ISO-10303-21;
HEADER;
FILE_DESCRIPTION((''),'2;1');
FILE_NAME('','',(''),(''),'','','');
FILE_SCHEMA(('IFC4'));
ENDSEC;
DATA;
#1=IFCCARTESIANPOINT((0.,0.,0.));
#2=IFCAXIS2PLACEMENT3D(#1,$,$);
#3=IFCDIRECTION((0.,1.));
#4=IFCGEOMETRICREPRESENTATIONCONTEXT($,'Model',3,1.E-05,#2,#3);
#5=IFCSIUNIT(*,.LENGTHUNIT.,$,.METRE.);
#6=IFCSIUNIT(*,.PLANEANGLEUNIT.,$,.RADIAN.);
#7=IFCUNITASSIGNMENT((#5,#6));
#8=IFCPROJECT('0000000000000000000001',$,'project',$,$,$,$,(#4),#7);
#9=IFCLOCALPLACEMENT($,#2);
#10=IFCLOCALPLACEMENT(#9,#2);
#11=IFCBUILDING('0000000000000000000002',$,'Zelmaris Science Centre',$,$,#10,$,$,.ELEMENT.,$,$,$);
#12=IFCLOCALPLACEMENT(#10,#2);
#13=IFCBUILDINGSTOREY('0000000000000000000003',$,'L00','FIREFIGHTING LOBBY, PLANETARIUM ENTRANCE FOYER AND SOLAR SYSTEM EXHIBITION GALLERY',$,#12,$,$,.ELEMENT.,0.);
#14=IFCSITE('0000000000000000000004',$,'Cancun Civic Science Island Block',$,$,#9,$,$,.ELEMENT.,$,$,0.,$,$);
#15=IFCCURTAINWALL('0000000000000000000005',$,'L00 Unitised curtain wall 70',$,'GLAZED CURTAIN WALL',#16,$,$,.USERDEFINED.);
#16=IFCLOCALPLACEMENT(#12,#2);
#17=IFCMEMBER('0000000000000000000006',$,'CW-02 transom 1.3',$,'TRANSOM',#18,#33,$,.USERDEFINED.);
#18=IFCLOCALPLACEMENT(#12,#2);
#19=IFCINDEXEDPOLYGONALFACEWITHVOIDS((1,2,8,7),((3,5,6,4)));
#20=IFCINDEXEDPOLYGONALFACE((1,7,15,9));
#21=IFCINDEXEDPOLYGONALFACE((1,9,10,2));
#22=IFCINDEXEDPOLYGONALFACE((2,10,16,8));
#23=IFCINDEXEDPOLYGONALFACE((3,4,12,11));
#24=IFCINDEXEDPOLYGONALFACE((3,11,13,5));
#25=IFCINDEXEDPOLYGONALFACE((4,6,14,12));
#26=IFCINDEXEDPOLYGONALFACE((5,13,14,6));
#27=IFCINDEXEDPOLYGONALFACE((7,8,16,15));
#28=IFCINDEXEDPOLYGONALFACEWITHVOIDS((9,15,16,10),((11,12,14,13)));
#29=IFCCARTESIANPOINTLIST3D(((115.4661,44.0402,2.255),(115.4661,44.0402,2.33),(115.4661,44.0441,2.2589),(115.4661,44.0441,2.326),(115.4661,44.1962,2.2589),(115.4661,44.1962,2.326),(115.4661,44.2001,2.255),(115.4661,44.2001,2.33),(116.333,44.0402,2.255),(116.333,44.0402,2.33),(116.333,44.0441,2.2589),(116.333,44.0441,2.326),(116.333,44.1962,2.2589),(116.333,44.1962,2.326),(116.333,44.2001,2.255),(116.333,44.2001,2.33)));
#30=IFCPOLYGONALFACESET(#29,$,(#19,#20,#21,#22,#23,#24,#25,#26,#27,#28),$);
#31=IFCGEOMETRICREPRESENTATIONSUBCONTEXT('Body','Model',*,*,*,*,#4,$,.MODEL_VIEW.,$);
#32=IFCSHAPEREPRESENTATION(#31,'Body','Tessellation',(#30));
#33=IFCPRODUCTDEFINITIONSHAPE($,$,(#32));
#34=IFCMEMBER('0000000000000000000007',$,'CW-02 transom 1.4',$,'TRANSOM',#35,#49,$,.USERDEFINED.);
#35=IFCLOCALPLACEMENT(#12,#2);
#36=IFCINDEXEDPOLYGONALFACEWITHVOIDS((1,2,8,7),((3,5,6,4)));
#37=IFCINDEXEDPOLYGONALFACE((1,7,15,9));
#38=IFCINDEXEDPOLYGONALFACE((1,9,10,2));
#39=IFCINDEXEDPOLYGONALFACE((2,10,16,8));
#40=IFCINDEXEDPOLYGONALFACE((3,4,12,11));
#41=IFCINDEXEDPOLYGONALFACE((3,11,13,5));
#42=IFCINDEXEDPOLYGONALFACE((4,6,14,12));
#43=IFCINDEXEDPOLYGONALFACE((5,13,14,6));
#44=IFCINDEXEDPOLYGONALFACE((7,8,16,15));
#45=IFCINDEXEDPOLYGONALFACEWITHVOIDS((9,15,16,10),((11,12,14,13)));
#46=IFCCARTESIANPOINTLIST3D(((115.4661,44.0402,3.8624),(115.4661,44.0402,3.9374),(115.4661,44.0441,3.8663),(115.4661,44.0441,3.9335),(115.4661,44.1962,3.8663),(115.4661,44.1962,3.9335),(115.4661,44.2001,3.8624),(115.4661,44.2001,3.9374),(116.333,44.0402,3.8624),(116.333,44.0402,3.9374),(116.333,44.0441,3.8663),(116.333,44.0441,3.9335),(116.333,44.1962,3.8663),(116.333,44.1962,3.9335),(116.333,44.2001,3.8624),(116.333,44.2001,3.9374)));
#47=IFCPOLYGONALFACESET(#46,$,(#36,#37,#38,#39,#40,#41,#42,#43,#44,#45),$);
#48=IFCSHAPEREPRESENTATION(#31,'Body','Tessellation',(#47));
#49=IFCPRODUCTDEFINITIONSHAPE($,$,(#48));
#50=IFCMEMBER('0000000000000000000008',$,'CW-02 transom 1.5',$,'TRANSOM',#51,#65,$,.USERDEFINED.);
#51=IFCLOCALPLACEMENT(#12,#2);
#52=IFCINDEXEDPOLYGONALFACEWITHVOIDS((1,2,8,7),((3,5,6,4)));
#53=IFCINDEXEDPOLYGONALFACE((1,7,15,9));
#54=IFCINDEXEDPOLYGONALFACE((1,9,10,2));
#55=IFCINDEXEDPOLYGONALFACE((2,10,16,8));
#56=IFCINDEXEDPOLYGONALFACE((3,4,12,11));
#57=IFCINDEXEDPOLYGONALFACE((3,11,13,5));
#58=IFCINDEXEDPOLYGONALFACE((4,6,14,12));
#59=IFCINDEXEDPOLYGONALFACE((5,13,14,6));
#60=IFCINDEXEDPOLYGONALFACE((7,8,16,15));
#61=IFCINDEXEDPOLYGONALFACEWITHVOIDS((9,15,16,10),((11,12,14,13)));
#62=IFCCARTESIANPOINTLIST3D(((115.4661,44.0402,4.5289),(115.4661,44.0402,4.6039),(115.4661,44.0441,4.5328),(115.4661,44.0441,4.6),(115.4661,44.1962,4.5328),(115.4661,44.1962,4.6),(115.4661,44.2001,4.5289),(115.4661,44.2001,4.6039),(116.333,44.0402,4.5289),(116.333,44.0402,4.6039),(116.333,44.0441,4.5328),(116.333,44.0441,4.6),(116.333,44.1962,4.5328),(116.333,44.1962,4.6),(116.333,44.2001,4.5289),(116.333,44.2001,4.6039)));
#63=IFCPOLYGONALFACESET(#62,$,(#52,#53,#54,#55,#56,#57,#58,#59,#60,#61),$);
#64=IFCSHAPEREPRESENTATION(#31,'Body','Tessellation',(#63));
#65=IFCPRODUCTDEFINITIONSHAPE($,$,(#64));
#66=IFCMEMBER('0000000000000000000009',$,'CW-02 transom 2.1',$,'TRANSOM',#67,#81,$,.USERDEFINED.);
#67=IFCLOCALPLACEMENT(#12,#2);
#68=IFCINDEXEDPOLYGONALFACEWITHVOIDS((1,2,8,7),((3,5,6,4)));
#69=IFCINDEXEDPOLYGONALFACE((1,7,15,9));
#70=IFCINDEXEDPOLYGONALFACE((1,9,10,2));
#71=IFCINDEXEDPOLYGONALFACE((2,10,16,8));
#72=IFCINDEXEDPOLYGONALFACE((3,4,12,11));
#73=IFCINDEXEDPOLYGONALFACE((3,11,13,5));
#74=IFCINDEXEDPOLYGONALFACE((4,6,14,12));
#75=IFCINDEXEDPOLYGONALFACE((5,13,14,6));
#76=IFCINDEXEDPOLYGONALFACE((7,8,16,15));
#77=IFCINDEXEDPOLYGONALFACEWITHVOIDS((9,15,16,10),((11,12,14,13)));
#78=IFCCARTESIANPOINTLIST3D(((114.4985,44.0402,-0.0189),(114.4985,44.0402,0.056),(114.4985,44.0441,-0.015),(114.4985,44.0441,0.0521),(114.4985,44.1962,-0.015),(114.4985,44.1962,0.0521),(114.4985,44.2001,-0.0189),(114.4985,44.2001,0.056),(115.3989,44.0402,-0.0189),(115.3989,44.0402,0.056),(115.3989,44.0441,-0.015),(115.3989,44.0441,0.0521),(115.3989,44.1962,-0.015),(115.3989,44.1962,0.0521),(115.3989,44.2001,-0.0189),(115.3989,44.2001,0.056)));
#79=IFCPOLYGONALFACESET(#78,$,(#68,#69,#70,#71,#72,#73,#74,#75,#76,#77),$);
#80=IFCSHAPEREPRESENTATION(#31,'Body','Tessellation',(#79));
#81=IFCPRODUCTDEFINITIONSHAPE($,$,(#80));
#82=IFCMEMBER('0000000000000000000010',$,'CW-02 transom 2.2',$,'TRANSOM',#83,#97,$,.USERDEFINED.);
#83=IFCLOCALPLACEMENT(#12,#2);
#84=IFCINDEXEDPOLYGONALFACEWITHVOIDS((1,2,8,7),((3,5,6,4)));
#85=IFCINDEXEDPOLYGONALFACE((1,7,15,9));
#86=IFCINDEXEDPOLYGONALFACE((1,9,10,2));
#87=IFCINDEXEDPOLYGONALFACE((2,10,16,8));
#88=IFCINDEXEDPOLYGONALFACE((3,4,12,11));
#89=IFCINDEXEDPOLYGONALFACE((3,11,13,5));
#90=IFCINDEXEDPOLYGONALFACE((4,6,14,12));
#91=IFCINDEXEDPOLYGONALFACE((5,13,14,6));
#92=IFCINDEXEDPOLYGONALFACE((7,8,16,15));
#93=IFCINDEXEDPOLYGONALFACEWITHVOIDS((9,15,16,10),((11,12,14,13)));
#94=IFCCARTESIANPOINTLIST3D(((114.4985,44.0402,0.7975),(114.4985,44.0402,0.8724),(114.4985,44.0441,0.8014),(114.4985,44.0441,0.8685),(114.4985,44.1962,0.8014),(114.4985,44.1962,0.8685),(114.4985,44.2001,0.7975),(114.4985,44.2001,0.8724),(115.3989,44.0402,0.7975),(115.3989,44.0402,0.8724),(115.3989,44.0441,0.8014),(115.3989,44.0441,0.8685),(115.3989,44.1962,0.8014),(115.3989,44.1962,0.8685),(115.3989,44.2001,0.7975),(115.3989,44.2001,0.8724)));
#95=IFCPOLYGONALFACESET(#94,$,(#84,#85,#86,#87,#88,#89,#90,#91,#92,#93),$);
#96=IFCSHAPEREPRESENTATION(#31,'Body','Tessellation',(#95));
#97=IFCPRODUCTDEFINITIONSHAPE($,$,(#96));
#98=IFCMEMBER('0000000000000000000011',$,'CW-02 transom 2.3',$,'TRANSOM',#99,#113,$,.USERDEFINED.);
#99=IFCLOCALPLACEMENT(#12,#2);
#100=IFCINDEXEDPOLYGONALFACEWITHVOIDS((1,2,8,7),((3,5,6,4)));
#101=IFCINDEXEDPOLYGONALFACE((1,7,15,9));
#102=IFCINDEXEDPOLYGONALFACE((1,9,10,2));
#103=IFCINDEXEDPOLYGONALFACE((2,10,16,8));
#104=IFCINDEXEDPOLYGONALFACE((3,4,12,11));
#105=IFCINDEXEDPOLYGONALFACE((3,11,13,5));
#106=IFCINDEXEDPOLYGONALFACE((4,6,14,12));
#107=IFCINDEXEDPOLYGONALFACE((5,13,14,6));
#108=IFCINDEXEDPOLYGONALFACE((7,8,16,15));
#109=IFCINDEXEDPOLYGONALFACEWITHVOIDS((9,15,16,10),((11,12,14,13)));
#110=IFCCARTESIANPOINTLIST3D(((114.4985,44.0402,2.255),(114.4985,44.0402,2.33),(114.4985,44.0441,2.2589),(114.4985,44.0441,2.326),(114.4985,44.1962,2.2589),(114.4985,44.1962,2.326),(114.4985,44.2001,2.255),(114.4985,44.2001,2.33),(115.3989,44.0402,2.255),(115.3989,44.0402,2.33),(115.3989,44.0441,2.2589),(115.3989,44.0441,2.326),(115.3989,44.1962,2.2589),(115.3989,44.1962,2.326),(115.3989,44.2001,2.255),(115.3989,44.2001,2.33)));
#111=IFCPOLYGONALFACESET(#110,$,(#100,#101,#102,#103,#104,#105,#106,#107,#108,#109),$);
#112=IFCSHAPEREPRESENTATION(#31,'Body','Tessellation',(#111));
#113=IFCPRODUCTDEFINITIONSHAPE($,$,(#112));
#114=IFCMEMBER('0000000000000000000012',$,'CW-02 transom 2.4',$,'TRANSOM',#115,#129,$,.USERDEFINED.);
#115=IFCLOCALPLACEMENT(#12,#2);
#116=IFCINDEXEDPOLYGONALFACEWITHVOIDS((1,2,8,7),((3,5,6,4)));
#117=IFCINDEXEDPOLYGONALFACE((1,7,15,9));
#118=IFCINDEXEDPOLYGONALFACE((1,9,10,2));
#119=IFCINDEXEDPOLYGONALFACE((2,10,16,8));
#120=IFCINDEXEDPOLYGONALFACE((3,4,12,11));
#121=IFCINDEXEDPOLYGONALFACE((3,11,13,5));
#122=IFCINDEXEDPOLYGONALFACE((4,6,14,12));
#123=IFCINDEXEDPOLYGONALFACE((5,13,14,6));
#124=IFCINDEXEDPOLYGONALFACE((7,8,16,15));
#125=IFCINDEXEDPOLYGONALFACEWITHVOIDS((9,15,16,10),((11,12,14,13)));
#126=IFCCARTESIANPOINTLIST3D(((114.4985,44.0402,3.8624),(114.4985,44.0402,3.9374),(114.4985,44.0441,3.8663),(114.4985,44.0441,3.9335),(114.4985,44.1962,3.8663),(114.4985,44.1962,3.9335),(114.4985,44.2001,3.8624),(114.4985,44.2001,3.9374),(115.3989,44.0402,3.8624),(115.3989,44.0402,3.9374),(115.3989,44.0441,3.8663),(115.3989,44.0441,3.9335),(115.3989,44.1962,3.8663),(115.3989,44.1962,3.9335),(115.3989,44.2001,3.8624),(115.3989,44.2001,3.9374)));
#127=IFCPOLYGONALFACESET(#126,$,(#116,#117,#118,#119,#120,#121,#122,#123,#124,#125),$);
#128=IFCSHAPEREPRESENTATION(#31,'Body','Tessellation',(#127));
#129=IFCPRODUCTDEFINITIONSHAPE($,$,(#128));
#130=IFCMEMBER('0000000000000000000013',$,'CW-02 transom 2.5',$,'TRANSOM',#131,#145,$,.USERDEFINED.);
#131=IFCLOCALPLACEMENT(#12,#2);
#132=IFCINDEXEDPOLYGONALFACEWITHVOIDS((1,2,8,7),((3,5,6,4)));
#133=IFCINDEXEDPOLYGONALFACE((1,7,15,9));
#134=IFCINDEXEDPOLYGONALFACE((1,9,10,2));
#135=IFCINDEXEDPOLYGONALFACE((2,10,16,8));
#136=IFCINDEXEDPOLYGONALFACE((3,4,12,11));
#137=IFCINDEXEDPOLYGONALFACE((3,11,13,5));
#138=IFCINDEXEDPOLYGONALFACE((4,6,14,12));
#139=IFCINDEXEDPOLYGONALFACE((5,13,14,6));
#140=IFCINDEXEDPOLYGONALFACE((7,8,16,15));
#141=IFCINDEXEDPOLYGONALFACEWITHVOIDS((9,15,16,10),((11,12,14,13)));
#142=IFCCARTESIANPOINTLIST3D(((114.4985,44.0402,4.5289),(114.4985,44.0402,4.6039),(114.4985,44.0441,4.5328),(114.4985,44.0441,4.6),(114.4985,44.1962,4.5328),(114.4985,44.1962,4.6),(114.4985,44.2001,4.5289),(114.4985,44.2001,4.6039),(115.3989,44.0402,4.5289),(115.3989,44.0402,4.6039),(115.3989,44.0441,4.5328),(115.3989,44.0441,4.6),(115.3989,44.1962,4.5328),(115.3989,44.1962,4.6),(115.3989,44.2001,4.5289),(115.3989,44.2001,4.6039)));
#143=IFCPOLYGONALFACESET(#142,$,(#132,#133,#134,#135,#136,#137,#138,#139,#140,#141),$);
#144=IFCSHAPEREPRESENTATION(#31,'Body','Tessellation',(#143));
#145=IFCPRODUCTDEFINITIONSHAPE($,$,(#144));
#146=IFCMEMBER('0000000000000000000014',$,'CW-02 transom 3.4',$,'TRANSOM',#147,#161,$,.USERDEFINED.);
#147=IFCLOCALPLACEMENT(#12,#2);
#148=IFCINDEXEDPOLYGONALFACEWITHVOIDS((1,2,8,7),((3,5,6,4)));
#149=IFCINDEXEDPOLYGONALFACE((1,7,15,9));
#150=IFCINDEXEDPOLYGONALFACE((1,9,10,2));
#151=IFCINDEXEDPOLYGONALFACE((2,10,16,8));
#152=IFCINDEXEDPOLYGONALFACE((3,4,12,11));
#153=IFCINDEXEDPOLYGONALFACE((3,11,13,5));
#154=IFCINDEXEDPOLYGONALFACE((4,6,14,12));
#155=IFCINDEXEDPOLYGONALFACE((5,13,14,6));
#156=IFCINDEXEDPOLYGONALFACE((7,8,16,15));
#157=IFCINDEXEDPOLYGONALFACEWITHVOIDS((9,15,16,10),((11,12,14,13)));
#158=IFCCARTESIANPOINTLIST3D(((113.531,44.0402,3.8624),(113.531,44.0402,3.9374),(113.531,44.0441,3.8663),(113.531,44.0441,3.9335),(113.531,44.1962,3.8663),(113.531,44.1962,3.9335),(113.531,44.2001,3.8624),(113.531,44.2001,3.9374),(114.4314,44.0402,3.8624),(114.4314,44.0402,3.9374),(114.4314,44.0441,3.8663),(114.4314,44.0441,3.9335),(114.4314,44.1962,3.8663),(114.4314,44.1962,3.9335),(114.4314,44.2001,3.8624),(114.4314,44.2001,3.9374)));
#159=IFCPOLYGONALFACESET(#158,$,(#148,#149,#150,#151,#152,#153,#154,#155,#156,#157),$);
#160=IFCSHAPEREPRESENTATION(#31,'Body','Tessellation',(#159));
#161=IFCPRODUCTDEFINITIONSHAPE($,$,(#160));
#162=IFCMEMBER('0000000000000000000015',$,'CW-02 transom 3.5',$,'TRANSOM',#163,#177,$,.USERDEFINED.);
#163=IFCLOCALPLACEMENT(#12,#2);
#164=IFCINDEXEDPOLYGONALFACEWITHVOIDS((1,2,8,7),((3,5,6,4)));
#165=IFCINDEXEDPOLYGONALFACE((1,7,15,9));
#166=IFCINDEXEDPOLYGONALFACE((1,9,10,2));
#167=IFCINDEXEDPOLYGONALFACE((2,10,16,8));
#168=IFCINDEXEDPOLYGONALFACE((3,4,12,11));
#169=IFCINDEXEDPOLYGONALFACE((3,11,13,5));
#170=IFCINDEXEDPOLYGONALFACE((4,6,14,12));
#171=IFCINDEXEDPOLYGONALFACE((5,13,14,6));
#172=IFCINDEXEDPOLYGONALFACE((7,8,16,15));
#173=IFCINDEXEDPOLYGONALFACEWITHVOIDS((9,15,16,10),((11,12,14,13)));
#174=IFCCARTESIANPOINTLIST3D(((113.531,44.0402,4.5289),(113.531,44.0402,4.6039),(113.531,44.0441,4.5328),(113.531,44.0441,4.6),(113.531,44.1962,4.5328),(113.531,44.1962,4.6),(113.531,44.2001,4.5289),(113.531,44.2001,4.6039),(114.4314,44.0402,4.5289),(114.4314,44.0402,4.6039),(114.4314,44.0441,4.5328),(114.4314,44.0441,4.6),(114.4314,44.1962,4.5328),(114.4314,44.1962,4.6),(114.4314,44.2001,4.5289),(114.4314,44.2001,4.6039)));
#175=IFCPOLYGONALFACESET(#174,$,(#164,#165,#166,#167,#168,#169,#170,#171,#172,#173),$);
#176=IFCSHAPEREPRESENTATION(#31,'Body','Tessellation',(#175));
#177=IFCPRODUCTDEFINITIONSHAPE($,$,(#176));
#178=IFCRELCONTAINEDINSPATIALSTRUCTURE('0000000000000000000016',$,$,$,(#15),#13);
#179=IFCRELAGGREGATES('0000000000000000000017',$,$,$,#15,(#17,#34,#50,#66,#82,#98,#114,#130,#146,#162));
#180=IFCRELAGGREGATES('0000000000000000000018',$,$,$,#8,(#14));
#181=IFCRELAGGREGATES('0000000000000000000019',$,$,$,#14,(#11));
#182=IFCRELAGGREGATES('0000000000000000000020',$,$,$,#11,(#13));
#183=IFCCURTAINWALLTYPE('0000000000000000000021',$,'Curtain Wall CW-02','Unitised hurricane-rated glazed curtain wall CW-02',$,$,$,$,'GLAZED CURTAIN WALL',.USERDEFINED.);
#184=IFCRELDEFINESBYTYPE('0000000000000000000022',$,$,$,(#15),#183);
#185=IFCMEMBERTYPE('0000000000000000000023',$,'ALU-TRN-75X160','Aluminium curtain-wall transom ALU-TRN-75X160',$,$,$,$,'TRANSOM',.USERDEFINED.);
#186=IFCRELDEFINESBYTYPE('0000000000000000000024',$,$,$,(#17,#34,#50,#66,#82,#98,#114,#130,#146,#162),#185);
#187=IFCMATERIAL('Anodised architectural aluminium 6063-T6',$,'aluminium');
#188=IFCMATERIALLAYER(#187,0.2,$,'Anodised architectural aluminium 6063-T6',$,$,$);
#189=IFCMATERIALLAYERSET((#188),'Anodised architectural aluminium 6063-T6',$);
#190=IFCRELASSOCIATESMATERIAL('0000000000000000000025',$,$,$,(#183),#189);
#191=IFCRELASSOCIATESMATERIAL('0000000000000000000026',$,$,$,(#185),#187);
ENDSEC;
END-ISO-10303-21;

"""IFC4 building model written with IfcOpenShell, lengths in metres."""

from ifc_helpers import new_model, si_unit, direction, frame, origin, origin_2d, place, context, subcontext, project, spatial, hollow_rectangle, extrude, material, layer, layer_set, material_profile, profile_set, type_object, element, aggregate, save


model = new_model("IFC4")

# Units and contexts
model_context = context("Model", 3, precision=1e-05, world=origin(), true_north=direction((0.0, 1.0)))
body_context = subcontext(model_context, "Body", "Model", "MODEL_VIEW")
ifc_project = project(units=[si_unit("LENGTHUNIT", "METRE"), si_unit("PLANEANGLEUNIT", "RADIAN")], contexts=[model_context])

# Site, building, storey
site_placement = place(None, origin())
site = spatial("IfcSite", under=ifc_project, at=site_placement, Name="Cancun Civic Science Island Block", CompositionType="ELEMENT", RefElevation=0.0)
building_placement = place(site_placement, origin())
building = spatial("IfcBuilding", under=site, at=building_placement, Name="Zelmaris Science Centre", CompositionType="ELEMENT")
storey_placement = place(building_placement, origin())
storey = spatial("IfcBuildingStorey", under=building, at=storey_placement, Name="L00", Description="FIREFIGHTING LOBBY, PLANETARIUM ENTRANCE FOYER AND SOLAR SYSTEM EXHIBITION GALLERY", CompositionType="ELEMENT", Elevation=0.0)

# Curtain wall, members
ifc_material_1 = material(Name="Anodised architectural aluminium 6063-T6", Category="aluminium")
ifc_layer_1 = layer(ifc_material_1, 0.2, Name="Anodised architectural aluminium 6063-T6")
ifc_layer_set_1 = layer_set([ifc_layer_1], Name="Anodised architectural aluminium 6063-T6")
curtain_wall_type = type_object("IfcCurtainWallType", Name="Curtain Wall CW-02", Description="Unitised hurricane-rated glazed curtain wall CW-02", ElementType="GLAZED CURTAIN WALL", PredefinedType="USERDEFINED", material=ifc_layer_set_1)
curtain_wall_placement = place(storey_placement, origin())
curtain_wall = element("IfcCurtainWall", 1, at=curtain_wall_placement, inside=storey, type_object=curtain_wall_type, Name="L00 Unitised curtain wall 70", ObjectType="GLAZED CURTAIN WALL", PredefinedType="USERDEFINED")
ifc_material_profile_1 = material_profile(ifc_material_1, hollow_rectangle(XDim=0.075, YDim=0.1599, WallThickness=0.0039, at=origin_2d()), Name="ALU-TRN-75X160")
ifc_profile_set_1 = profile_set([ifc_material_profile_1], Name="Anodised architectural aluminium 6063-T6")
member_type_1 = type_object("IfcMemberType", Name="ALU-TRN-75X160", Description="Aluminium curtain-wall transom ALU-TRN-75X160", ElementType="TRANSOM", PredefinedType="USERDEFINED", material=ifc_profile_set_1)
member_1_placement = place(storey_placement, frame((116.333, 44.1201, 2.2925), z_axis=(-1.0, 0.0, 0.0), x_axis=(0.0, 0.0, 1.0)))
member_1 = element("IfcMember", 2, at=member_1_placement, type_object=member_type_1, Name="CW-02 transom 1.3", ObjectType="TRANSOM", PredefinedType="USERDEFINED", context=body_context, shape_type="SweptSolid", body=[
    extrude(hollow_rectangle(XDim=0.075, YDim=0.1599, WallThickness=0.0039, at=origin_2d()), origin(), (0.0, 0.0, 1.0), 0.8669),
])
member_2_placement = place(storey_placement, frame((116.333, 44.1201, 3.8999), z_axis=(-1.0, 0.0, 0.0), x_axis=(0.0, 0.0, 1.0)))
member_2 = element("IfcMember", 3, at=member_2_placement, type_object=member_type_1, Name="CW-02 transom 1.4", ObjectType="TRANSOM", PredefinedType="USERDEFINED", context=body_context, shape_type="SweptSolid", body=[
    extrude(hollow_rectangle(XDim=0.075, YDim=0.1599, WallThickness=0.0039, at=origin_2d()), origin(), (0.0, 0.0, 1.0), 0.8669),
])
member_3_placement = place(storey_placement, frame((116.333, 44.1201, 4.5664), z_axis=(-1.0, 0.0, 0.0), x_axis=(0.0, 0.0, 1.0)))
member_3 = element("IfcMember", 4, at=member_3_placement, type_object=member_type_1, Name="CW-02 transom 1.5", ObjectType="TRANSOM", PredefinedType="USERDEFINED", context=body_context, shape_type="SweptSolid", body=[
    extrude(hollow_rectangle(XDim=0.075, YDim=0.1599, WallThickness=0.0039, at=origin_2d()), origin(), (0.0, 0.0, 1.0), 0.8669),
])
member_4_placement = place(storey_placement, frame((115.3989, 44.1201, 0.0186), z_axis=(-1.0, 0.0, 0.0), x_axis=(0.0, 0.0, 1.0)))
member_4 = element("IfcMember", 5, at=member_4_placement, type_object=member_type_1, Name="CW-02 transom 2.1", ObjectType="TRANSOM", PredefinedType="USERDEFINED", context=body_context, shape_type="SweptSolid", body=[
    extrude(hollow_rectangle(XDim=0.075, YDim=0.1599, WallThickness=0.0039, at=origin_2d()), origin(), (0.0, 0.0, 1.0), 0.9004),
])
member_5_placement = place(storey_placement, frame((115.3989, 44.1201, 0.835), z_axis=(-1.0, 0.0, 0.0), x_axis=(0.0, 0.0, 1.0)))
member_5 = element("IfcMember", 6, at=member_5_placement, type_object=member_type_1, Name="CW-02 transom 2.2", ObjectType="TRANSOM", PredefinedType="USERDEFINED", context=body_context, shape_type="SweptSolid", body=[
    extrude(hollow_rectangle(XDim=0.075, YDim=0.1599, WallThickness=0.0039, at=origin_2d()), origin(), (0.0, 0.0, 1.0), 0.9004),
])
member_6_placement = place(storey_placement, frame((115.3989, 44.1201, 2.2925), z_axis=(-1.0, 0.0, 0.0), x_axis=(0.0, 0.0, 1.0)))
member_6 = element("IfcMember", 7, at=member_6_placement, type_object=member_type_1, Name="CW-02 transom 2.3", ObjectType="TRANSOM", PredefinedType="USERDEFINED", context=body_context, shape_type="SweptSolid", body=[
    extrude(hollow_rectangle(XDim=0.075, YDim=0.1599, WallThickness=0.0039, at=origin_2d()), origin(), (0.0, 0.0, 1.0), 0.9004),
])
member_7_placement = place(storey_placement, frame((115.3989, 44.1201, 3.8999), z_axis=(-1.0, 0.0, 0.0), x_axis=(0.0, 0.0, 1.0)))
member_7 = element("IfcMember", 8, at=member_7_placement, type_object=member_type_1, Name="CW-02 transom 2.4", ObjectType="TRANSOM", PredefinedType="USERDEFINED", context=body_context, shape_type="SweptSolid", body=[
    extrude(hollow_rectangle(XDim=0.075, YDim=0.1599, WallThickness=0.0039, at=origin_2d()), origin(), (0.0, 0.0, 1.0), 0.9004),
])
member_8_placement = place(storey_placement, frame((115.3989, 44.1201, 4.5664), z_axis=(-1.0, 0.0, 0.0), x_axis=(0.0, 0.0, 1.0)))
member_8 = element("IfcMember", 9, at=member_8_placement, type_object=member_type_1, Name="CW-02 transom 2.5", ObjectType="TRANSOM", PredefinedType="USERDEFINED", context=body_context, shape_type="SweptSolid", body=[
    extrude(hollow_rectangle(XDim=0.075, YDim=0.1599, WallThickness=0.0039, at=origin_2d()), origin(), (0.0, 0.0, 1.0), 0.9004),
])
member_9_placement = place(storey_placement, frame((114.4314, 44.1201, 3.8999), z_axis=(-1.0, 0.0, 0.0), x_axis=(0.0, 0.0, 1.0)))
member_9 = element("IfcMember", 10, at=member_9_placement, type_object=member_type_1, Name="CW-02 transom 3.4", ObjectType="TRANSOM", PredefinedType="USERDEFINED", context=body_context, shape_type="SweptSolid", body=[
    extrude(hollow_rectangle(XDim=0.075, YDim=0.1599, WallThickness=0.0039, at=origin_2d()), origin(), (0.0, 0.0, 1.0), 0.9004),
])
member_10_placement = place(storey_placement, frame((114.4314, 44.1201, 4.5664), z_axis=(-1.0, 0.0, 0.0), x_axis=(0.0, 0.0, 1.0)))
member_10 = element("IfcMember", 11, at=member_10_placement, type_object=member_type_1, Name="CW-02 transom 3.5", ObjectType="TRANSOM", PredefinedType="USERDEFINED", context=body_context, shape_type="SweptSolid", body=[
    extrude(hollow_rectangle(XDim=0.075, YDim=0.1599, WallThickness=0.0039, at=origin_2d()), origin(), (0.0, 0.0, 1.0), 0.9004),
])

aggregate(curtain_wall, [member_1, member_2, member_3, member_4, member_5, member_6, member_7, member_8, member_9, member_10])

save(model, "model.ifc")
